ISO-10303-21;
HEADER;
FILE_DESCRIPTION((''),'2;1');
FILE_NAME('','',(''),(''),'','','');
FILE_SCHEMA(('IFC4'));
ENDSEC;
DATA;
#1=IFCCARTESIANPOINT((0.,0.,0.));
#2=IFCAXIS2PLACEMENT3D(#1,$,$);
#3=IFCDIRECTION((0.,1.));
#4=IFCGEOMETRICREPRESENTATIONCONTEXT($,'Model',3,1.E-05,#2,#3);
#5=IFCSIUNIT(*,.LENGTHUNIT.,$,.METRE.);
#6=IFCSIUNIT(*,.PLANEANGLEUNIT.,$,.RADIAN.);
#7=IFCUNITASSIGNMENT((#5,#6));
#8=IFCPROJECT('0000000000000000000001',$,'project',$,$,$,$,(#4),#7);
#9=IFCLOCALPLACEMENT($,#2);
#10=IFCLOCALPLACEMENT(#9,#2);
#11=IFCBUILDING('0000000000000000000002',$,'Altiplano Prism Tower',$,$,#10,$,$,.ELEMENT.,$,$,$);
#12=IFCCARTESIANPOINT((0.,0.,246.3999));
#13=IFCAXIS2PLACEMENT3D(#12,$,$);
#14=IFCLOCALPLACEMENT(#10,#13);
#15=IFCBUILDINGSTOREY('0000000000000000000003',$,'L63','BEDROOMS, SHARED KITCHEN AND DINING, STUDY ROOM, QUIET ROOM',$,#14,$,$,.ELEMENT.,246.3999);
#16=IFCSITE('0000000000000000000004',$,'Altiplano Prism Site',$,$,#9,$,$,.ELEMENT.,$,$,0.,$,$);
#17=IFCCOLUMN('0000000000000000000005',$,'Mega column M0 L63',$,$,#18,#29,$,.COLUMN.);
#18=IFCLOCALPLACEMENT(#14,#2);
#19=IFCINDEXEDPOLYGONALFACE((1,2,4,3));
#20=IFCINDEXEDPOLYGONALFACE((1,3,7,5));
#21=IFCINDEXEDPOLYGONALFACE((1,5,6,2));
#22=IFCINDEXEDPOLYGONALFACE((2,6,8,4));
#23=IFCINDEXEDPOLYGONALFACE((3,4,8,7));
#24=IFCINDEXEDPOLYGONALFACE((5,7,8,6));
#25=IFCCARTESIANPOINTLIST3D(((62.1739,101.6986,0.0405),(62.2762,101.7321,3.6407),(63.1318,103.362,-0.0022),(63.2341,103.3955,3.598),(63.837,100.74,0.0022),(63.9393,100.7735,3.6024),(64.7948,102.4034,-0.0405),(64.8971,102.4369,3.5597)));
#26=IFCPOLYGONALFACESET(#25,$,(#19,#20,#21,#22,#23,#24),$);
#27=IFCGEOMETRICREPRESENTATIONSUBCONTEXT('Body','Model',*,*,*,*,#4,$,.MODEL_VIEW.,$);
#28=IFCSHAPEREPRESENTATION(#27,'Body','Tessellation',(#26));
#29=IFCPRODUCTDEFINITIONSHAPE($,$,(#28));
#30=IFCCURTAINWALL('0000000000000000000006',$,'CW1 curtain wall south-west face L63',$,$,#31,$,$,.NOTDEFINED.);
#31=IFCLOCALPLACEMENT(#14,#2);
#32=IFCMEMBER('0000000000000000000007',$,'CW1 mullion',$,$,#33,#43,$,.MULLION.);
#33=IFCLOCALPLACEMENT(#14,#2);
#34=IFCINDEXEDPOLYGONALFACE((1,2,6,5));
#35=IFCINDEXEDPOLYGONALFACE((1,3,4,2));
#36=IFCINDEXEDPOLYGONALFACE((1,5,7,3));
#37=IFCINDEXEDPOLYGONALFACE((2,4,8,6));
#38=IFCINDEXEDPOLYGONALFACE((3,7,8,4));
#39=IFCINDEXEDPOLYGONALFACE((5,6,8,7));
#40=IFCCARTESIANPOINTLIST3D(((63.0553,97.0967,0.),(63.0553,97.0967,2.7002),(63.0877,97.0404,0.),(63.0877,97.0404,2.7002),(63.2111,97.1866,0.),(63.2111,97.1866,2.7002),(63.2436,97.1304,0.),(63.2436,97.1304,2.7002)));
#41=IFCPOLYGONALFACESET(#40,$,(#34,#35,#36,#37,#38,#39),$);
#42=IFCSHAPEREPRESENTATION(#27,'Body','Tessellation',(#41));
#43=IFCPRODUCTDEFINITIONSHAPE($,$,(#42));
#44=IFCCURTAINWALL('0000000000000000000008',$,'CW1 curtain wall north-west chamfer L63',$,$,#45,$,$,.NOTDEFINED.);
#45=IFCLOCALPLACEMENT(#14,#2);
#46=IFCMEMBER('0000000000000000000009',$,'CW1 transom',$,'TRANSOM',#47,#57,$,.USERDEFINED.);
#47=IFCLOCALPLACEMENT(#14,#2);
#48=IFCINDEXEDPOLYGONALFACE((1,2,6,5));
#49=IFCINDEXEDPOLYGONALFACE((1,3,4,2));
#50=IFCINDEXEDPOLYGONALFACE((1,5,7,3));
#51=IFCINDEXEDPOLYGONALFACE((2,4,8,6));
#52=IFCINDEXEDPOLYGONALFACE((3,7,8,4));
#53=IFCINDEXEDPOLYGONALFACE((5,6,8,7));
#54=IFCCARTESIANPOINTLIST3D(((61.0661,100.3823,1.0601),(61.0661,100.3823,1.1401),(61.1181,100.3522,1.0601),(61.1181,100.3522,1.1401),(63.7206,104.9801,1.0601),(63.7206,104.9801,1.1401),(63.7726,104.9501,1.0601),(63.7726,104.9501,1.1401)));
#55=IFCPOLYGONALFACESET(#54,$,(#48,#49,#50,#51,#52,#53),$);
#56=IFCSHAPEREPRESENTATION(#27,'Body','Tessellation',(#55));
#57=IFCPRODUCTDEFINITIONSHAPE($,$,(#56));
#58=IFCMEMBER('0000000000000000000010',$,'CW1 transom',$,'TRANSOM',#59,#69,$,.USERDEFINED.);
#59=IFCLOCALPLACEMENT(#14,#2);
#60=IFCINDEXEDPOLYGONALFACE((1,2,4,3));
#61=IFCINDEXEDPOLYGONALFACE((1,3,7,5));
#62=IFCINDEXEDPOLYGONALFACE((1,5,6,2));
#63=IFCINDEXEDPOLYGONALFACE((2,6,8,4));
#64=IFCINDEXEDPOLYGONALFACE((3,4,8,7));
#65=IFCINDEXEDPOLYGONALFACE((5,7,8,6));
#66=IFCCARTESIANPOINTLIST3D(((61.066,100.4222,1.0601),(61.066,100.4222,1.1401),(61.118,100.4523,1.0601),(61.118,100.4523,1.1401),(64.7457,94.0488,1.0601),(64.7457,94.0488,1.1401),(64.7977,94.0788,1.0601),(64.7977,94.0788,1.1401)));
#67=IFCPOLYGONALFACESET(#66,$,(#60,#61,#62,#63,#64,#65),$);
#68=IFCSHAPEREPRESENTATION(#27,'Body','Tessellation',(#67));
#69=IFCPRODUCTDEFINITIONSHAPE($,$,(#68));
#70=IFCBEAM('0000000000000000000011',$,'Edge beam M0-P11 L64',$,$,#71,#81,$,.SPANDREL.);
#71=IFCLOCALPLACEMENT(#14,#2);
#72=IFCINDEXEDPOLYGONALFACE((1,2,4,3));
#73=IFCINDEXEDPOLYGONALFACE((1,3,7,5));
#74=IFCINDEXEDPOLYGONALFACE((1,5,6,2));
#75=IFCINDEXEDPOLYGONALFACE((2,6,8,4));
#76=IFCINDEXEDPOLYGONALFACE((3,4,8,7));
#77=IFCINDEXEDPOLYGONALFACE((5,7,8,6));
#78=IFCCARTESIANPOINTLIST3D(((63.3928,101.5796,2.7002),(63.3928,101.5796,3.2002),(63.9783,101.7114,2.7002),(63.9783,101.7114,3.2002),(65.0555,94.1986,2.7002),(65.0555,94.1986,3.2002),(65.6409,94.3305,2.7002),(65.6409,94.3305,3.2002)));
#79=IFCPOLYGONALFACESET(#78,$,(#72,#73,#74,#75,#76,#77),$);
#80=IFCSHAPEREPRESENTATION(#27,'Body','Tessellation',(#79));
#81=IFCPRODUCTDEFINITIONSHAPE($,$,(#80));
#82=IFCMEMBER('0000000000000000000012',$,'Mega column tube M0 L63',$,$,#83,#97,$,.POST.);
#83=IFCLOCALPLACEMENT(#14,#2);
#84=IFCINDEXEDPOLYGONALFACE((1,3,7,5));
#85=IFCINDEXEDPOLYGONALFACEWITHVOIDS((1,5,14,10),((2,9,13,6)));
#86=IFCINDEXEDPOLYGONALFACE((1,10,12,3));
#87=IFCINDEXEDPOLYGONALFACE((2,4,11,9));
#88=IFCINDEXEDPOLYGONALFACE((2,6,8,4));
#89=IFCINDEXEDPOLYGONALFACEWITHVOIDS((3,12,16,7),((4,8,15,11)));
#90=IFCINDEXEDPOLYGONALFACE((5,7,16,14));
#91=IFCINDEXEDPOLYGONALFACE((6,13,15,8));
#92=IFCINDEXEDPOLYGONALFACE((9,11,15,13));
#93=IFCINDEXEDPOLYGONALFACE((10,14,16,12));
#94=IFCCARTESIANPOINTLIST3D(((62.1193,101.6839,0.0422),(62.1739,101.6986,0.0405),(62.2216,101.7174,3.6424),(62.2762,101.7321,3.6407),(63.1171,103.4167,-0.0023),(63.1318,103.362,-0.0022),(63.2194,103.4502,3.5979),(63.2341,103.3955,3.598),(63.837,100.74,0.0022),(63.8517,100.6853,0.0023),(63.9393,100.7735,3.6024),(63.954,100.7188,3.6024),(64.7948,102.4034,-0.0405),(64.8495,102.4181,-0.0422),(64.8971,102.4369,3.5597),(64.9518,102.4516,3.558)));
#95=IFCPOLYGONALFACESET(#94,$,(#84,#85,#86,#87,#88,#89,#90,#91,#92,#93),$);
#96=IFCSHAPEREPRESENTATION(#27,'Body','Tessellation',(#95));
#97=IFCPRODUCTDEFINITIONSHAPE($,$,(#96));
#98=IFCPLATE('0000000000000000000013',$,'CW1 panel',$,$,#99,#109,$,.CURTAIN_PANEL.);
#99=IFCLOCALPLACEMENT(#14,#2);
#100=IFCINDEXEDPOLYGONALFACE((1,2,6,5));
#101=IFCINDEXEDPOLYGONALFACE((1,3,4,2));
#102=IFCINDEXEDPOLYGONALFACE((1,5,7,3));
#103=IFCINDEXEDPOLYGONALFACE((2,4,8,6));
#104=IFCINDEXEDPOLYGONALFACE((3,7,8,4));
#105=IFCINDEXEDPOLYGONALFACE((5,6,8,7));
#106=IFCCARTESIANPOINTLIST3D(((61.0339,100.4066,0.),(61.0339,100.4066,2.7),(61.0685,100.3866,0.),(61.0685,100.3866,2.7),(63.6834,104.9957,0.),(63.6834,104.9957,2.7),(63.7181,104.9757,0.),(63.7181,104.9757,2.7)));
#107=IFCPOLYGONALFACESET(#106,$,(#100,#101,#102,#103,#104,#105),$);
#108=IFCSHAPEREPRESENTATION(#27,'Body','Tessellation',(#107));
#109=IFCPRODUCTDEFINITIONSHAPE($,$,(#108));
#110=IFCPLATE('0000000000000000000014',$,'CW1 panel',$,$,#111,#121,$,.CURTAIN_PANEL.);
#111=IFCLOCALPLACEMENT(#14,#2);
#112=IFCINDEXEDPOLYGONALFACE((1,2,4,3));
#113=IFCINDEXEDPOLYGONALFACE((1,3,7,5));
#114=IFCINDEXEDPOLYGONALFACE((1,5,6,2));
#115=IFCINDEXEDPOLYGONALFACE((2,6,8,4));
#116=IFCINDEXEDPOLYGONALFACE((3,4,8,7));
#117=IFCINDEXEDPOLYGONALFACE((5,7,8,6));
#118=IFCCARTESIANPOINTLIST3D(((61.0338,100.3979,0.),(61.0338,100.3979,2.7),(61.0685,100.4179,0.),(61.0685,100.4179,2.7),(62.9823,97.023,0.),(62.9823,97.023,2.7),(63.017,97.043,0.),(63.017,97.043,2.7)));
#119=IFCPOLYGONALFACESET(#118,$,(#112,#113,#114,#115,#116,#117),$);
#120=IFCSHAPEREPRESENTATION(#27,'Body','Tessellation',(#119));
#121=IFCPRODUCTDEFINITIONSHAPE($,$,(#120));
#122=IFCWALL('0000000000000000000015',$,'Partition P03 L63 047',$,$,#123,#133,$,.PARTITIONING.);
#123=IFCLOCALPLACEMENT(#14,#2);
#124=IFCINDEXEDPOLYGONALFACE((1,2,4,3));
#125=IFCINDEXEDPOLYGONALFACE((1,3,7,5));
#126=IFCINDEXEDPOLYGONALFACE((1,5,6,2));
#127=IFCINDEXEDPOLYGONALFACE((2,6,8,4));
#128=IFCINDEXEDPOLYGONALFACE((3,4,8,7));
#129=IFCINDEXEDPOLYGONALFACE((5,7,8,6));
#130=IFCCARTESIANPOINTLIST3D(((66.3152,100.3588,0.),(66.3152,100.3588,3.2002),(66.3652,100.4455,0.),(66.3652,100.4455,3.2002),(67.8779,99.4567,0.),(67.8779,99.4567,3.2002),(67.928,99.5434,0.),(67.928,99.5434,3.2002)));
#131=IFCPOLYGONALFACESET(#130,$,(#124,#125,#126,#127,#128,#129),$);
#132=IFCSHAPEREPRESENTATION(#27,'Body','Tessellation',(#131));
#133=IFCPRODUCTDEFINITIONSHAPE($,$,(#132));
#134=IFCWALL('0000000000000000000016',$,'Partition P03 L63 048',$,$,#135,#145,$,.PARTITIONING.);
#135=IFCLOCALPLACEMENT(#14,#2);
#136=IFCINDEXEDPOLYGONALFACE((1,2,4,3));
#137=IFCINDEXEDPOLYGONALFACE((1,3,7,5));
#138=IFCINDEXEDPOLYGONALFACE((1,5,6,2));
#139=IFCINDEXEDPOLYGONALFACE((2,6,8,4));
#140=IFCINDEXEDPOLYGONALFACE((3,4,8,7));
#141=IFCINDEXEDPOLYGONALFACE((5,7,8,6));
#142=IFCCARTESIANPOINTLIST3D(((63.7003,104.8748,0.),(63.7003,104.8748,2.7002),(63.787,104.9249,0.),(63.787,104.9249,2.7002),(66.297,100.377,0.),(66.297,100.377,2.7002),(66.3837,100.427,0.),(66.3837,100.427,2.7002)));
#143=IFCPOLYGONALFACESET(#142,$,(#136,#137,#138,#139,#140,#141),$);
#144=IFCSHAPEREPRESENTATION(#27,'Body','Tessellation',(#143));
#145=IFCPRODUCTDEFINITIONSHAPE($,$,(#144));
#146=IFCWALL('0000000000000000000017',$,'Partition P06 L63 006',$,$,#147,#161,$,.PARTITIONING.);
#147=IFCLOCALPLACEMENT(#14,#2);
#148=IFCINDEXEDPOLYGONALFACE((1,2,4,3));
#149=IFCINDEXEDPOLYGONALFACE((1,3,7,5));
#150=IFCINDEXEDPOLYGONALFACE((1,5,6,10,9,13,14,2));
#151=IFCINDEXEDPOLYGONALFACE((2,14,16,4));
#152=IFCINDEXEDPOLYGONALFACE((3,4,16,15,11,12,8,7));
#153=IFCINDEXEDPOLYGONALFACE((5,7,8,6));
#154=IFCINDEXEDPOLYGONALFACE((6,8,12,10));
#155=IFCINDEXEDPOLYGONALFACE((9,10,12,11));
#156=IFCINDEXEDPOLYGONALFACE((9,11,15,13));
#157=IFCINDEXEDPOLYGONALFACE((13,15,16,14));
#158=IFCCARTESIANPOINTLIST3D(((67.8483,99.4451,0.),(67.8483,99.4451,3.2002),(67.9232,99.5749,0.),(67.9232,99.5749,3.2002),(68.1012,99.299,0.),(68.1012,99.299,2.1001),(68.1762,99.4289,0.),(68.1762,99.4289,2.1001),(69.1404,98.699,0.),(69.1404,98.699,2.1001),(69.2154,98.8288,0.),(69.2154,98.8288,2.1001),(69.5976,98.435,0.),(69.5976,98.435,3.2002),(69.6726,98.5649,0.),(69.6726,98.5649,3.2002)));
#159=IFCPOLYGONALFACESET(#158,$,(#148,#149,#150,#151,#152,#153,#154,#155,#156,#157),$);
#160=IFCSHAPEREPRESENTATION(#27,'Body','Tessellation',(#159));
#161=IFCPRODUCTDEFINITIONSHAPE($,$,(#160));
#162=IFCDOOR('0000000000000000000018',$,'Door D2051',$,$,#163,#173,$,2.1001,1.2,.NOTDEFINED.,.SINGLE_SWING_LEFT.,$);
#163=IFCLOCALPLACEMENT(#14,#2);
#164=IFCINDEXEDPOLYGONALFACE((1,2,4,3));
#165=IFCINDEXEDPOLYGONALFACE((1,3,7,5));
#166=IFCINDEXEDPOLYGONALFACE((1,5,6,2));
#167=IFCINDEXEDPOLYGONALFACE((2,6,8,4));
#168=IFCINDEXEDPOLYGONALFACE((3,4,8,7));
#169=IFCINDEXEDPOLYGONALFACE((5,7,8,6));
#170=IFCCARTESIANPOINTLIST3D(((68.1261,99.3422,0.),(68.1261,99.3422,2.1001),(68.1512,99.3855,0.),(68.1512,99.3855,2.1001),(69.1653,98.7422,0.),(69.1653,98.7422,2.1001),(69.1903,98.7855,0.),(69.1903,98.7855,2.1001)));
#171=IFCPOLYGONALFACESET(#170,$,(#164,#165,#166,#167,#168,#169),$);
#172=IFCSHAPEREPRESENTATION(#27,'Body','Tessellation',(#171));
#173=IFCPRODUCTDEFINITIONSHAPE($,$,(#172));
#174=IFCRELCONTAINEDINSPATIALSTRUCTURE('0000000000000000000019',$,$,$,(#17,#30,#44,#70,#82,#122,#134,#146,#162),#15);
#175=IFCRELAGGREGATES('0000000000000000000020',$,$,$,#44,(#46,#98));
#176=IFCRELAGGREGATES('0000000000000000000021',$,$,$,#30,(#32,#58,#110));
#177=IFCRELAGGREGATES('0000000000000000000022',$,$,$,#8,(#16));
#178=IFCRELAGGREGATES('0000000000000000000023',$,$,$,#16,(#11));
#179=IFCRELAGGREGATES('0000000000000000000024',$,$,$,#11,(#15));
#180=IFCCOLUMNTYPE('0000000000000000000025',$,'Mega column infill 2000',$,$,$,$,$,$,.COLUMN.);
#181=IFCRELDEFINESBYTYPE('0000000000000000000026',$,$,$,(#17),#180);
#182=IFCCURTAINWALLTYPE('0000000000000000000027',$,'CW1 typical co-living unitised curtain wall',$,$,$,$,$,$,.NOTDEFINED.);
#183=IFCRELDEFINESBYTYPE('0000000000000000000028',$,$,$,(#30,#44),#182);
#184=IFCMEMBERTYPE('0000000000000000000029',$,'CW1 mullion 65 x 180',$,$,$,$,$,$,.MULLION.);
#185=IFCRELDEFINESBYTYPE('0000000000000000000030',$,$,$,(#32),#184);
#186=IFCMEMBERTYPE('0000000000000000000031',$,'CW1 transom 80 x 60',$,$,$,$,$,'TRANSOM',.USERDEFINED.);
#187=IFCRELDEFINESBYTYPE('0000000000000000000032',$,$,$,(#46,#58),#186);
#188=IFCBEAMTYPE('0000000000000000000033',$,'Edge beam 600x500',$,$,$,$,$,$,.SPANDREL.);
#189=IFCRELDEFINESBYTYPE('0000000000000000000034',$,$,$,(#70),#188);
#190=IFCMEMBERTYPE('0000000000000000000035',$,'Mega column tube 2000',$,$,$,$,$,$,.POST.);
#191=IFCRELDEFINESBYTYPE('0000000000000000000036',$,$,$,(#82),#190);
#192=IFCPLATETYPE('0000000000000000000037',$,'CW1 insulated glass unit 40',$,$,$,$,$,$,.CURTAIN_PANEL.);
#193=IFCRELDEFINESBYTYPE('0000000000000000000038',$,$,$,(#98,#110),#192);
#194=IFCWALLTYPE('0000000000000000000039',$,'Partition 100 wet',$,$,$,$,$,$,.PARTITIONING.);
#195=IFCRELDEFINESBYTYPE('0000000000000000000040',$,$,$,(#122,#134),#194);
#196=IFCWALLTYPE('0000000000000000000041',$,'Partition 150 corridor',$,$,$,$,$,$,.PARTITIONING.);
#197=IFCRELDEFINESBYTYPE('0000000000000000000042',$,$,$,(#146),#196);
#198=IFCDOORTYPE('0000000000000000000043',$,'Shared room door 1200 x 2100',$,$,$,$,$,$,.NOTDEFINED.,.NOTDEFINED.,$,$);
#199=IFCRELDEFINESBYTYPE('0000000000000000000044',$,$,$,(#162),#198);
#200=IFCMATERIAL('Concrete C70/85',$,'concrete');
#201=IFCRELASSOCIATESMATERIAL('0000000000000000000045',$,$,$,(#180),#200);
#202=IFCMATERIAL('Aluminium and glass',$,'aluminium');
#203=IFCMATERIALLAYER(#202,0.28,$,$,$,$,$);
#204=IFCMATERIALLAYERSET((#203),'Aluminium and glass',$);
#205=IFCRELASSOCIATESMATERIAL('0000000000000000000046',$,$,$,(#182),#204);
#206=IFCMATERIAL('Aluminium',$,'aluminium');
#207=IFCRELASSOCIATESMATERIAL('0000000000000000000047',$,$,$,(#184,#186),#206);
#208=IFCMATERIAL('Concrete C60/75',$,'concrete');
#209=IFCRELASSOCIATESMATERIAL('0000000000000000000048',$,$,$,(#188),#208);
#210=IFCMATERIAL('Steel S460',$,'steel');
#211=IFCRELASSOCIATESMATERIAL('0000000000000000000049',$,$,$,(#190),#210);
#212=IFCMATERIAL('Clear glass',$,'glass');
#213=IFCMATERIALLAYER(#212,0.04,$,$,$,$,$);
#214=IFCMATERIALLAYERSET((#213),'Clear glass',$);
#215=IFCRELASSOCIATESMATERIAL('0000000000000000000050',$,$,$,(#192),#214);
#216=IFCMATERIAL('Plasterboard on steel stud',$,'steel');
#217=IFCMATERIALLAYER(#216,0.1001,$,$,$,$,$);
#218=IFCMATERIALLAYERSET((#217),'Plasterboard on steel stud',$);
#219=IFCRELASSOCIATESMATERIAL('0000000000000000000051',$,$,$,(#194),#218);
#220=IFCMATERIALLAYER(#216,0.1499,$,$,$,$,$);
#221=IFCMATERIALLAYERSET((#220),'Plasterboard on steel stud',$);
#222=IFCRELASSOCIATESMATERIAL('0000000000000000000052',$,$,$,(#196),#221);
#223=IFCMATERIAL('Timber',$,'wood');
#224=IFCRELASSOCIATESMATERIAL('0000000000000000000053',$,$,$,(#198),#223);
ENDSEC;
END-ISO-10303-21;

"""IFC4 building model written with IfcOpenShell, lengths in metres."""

from ifc_helpers import new_model, si_unit, direction, frame, frame_2d, origin, origin_2d, place, context, subcontext, project, spatial, rectangle, hollow_rectangle, extrude, material, layer, layer_set, material_profile, profile_set, type_object, element, fill, aggregate, save


model = new_model("IFC4")

# Units and contexts
model_context = context("Model", 3, precision=1e-05, world=origin(), true_north=direction((0.0, 1.0)))
body_context = subcontext(model_context, "Body", "Model", "MODEL_VIEW")
ifc_project = project(units=[si_unit("LENGTHUNIT", "METRE"), si_unit("PLANEANGLEUNIT", "RADIAN")], contexts=[model_context])

# Site, building, storey
site_placement = place(None, origin())
site = spatial("IfcSite", under=ifc_project, at=site_placement, Name="Altiplano Prism Site", CompositionType="ELEMENT", RefElevation=0.0)
building_placement = place(site_placement, origin())
building = spatial("IfcBuilding", under=site, at=building_placement, Name="Altiplano Prism Tower", CompositionType="ELEMENT")
storey_placement = place(building_placement, frame((0.0, 0.0, 246.3999)))
storey = spatial("IfcBuildingStorey", under=building, at=storey_placement, Name="L63", Description="BEDROOMS, SHARED KITCHEN AND DINING, STUDY ROOM, QUIET ROOM", CompositionType="ELEMENT", Elevation=246.3999)

# Column
ifc_material_1 = material(Name="Concrete C70/85", Category="concrete")
ifc_material_profile_1 = material_profile(ifc_material_1, rectangle(XDim=1.9199, YDim=1.9199, at=origin_2d()), Name="Mega column infill 2000")
ifc_profile_set_1 = profile_set([ifc_material_profile_1], Name="Concrete C70/85")
column_type = type_object("IfcColumnType", Name="Mega column infill 2000", PredefinedType="COLUMN", material=ifc_profile_set_1)
column_placement = place(storey_placement, frame((63.4844, 102.051, 0.0), z_axis=(0.028402, 0.009287, 0.999553), x_axis=(-0.866202, 0.499295, 0.019974)))
element("IfcColumn", 1, at=column_placement, inside=storey, type_object=column_type, Name="Mega column M0 L63", PredefinedType="COLUMN", context=body_context, shape_type="SweptSolid", body=[
    extrude(rectangle(XDim=1.9199, YDim=1.9199, at=origin_2d()), origin(), (0.0, 0.0, 1.0), 3.6018),
])

# Curtain walls, members
ifc_material_2 = material(Name="Aluminium and glass", Category="aluminium")
ifc_layer_1 = layer(ifc_material_2, 0.28)
ifc_layer_set_1 = layer_set([ifc_layer_1], Name="Aluminium and glass")
curtain_wall_type = type_object("IfcCurtainWallType", Name="CW1 typical co-living unitised curtain wall", PredefinedType="NOTDEFINED", material=ifc_layer_set_1)
curtain_wall_1_placement = place(storey_placement, origin())
curtain_wall_1 = element("IfcCurtainWall", 2, at=curtain_wall_1_placement, inside=storey, type_object=curtain_wall_type, Name="CW1 curtain wall south-west face L63", PredefinedType="NOTDEFINED")
ifc_material_3 = material(Name="Aluminium", Category="aluminium")
ifc_material_profile_2 = material_profile(ifc_material_3, rectangle(XDim=0.1799, YDim=0.0649, at=origin_2d()), Name="CW1 mullion 65 x 180")
ifc_profile_set_2 = profile_set([ifc_material_profile_2], Name="Aluminium")
member_type_1 = type_object("IfcMemberType", Name="CW1 mullion 65 x 180", PredefinedType="MULLION", material=ifc_profile_set_2)
member_1_placement = place(storey_placement, frame((63.1494, 97.1135, 0.0), z_axis=(0.0, 0.0, 1.0), x_axis=(0.866025, 0.5, 0.0)))
member_1 = element("IfcMember", 3, at=member_1_placement, type_object=member_type_1, Name="CW1 mullion", PredefinedType="MULLION", context=body_context, shape_type="SweptSolid", body=[
    extrude(rectangle(XDim=0.1799, YDim=0.0649, at=origin_2d()), origin(), (0.0, 0.0, 1.0), 2.7002),
])
curtain_wall_2_placement = place(storey_placement, origin())
curtain_wall_2 = element("IfcCurtainWall", 4, at=curtain_wall_2_placement, inside=storey, type_object=curtain_wall_type, Name="CW1 curtain wall north-west chamfer L63", PredefinedType="NOTDEFINED")
ifc_material_profile_3 = material_profile(ifc_material_3, rectangle(XDim=0.0601, YDim=0.0801, at=origin_2d()), Name="CW1 transom 80 x 60")
ifc_profile_set_3 = profile_set([ifc_material_profile_3], Name="Aluminium")
member_type_2 = type_object("IfcMemberType", Name="CW1 transom 80 x 60", ElementType="TRANSOM", PredefinedType="USERDEFINED", material=ifc_profile_set_3)
member_2_placement = place(storey_placement, frame((63.7466, 104.9651, 1.1001), z_axis=(-0.499992, -0.86603, 0.0), x_axis=(0.86603, -0.499992, 0.0)))
member_2 = element("IfcMember", 5, at=member_2_placement, type_object=member_type_2, Name="CW1 transom", ObjectType="TRANSOM", PredefinedType="USERDEFINED", context=body_context, shape_type="SweptSolid", body=[
    extrude(rectangle(XDim=0.0601, YDim=0.0801, at=origin_2d()), origin(), (0.0, 0.0, 1.0), 5.3091),
])

# Member
member_3_placement = place(storey_placement, frame((61.092, 100.4373, 1.1001), z_axis=(0.499992, -0.86603, 0.0), x_axis=(0.86603, 0.499992, 0.0)))
member_3 = element("IfcMember", 6, at=member_3_placement, type_object=member_type_2, Name="CW1 transom", ObjectType="TRANSOM", PredefinedType="USERDEFINED", context=body_context, shape_type="SweptSolid", body=[
    extrude(rectangle(XDim=0.0601, YDim=0.0801, at=origin_2d()), origin(), (0.0, 0.0, 1.0), 7.3594),
])

# Beam
ifc_material_4 = material(Name="Concrete C60/75", Category="concrete")
ifc_material_profile_4 = material_profile(ifc_material_4, rectangle(XDim=0.6001, YDim=0.5, at=origin_2d()), Name="Edge beam 600x500")
ifc_profile_set_4 = profile_set([ifc_material_profile_4], Name="Concrete C60/75")
beam_type = type_object("IfcBeamType", Name="Edge beam 600x500", PredefinedType="SPANDREL", material=ifc_profile_set_4)
beam_placement = place(storey_placement, frame((63.6855, 101.6455, 2.9502), z_axis=(0.219752, -0.975556, 0.0), x_axis=(0.975556, 0.219752, 0.0)))
element("IfcBeam", 7, at=beam_placement, inside=storey, type_object=beam_type, Name="Edge beam M0-P11 L64", PredefinedType="SPANDREL", context=body_context, shape_type="SweptSolid", body=[
    extrude(rectangle(XDim=0.6001, YDim=0.5, at=origin_2d()), origin(), (0.0, 0.0, 1.0), 7.5659),
])

# Member
ifc_material_5 = material(Name="Steel S460", Category="steel")
ifc_material_profile_5 = material_profile(ifc_material_5, hollow_rectangle(XDim=2.0, YDim=2.0, WallThickness=0.04, at=origin_2d()), Name="Mega column tube 2000")
ifc_profile_set_5 = profile_set([ifc_material_profile_5], Name="Steel S460")
member_type_3 = type_object("IfcMemberType", Name="Mega column tube 2000", PredefinedType="POST", material=ifc_profile_set_5)
member_4_placement = place(storey_placement, frame((63.4844, 102.051, 0.0), z_axis=(0.028402, 0.009287, 0.999553), x_axis=(-0.866202, 0.499295, 0.019974)))
element("IfcMember", 8, at=member_4_placement, inside=storey, type_object=member_type_3, Name="Mega column tube M0 L63", PredefinedType="POST", context=body_context, shape_type="SweptSolid", body=[
    extrude(hollow_rectangle(XDim=2.0, YDim=2.0, WallThickness=0.04, at=origin_2d()), origin(), (0.0, 0.0, 1.0), 3.6018),
])

# Plates
ifc_material_6 = material(Name="Clear glass", Category="glass")
ifc_layer_2 = layer(ifc_material_6, 0.04)
ifc_layer_set_2 = layer_set([ifc_layer_2], Name="Clear glass")
plate_type = type_object("IfcPlateType", Name="CW1 insulated glass unit 40", PredefinedType="CURTAIN_PANEL", material=ifc_layer_set_2)
plate_1_placement = place(storey_placement, frame((62.376, 102.6912, 0.0), z_axis=(0.0, 0.0, 1.0), x_axis=(-0.5, -0.866025, 0.0)))
plate_1 = element("IfcPlate", 9, at=plate_1_placement, type_object=plate_type, Name="CW1 panel", PredefinedType="CURTAIN_PANEL", context=body_context, shape_type="SweptSolid", body=[
    extrude(rectangle(XDim=5.2991, YDim=0.04, at=origin_2d()), origin(), (0.0, 0.0, 1.0), 2.7),
])
aggregate(curtain_wall_2, [member_2, plate_1])
plate_2_placement = place(storey_placement, frame((62.0254, 98.7205, 0.0), z_axis=(0.0, 0.0, 1.0), x_axis=(0.5, -0.866025, 0.0)))
plate_2 = element("IfcPlate", 10, at=plate_2_placement, type_object=plate_type, Name="CW1 panel", PredefinedType="CURTAIN_PANEL", context=body_context, shape_type="SweptSolid", body=[
    extrude(rectangle(XDim=3.897, YDim=0.04, at=origin_2d()), origin(), (0.0, 0.0, 1.0), 2.7),
])
aggregate(curtain_wall_1, [member_1, member_3, plate_2])

# Walls
ifc_material_7 = material(Name="Plasterboard on steel stud", Category="steel")
ifc_layer_3 = layer(ifc_material_7, 0.1001)
ifc_layer_set_3 = layer_set([ifc_layer_3], Name="Plasterboard on steel stud")
wall_type_1 = type_object("IfcWallType", Name="Partition 100 wet", PredefinedType="PARTITIONING", material=ifc_layer_set_3)
wall_1_placement = place(storey_placement, frame((67.9031, 99.5, 0.0), z_axis=(0.0, 0.0, 1.0), x_axis=(-0.866062, 0.499937, 0.0)))
element("IfcWall", 11, at=wall_1_placement, inside=storey, type_object=wall_type_1, Name="Partition P03 L63 047", PredefinedType="PARTITIONING", context=body_context, shape_type="SweptSolid", body=[
    extrude(rectangle(XDim=1.8044, YDim=0.1001, at=frame_2d((0.9023, 0.0))), origin(), (0.0, 0.0, 1.0), 3.2002),
])
wall_2_placement = place(storey_placement, frame((66.3403, 100.4021, 0.0), z_axis=(0.0, 0.0, 1.0), x_axis=(-0.499982, 0.866036, 0.0)))
element("IfcWall", 12, at=wall_2_placement, inside=storey, type_object=wall_type_1, Name="Partition P03 L63 048", PredefinedType="PARTITIONING", context=body_context, shape_type="SweptSolid", body=[
    extrude(rectangle(XDim=5.1936, YDim=0.1001, at=frame_2d((2.5967, 0.0))), origin(), (0.0, 0.0, 1.0), 2.7002),
])

# Wall, opening, door
ifc_layer_4 = layer(ifc_material_7, 0.1499)
ifc_layer_set_4 = layer_set([ifc_layer_4], Name="Plasterboard on steel stud")
wall_type_2 = type_object("IfcWallType", Name="Partition 150 corridor", PredefinedType="PARTITIONING", material=ifc_layer_set_4)
wall_3_placement = place(storey_placement, frame((67.8857, 99.51, 0.0), z_axis=(0.0, 0.0, 1.0), x_axis=(0.86601, -0.500026, 0.0)))
wall_3 = element("IfcWall", 13, at=wall_3_placement, inside=storey, type_object=wall_type_2, Name="Partition P06 L63 006", PredefinedType="PARTITIONING", context=body_context, shape_type="SweptSolid", body=[
    extrude(rectangle(XDim=2.02, YDim=0.1499, at=frame_2d((1.01, 0.0))), origin(), (0.0, 0.0, 1.0), 3.2002),
])
opening_1_placement = place(wall_3_placement, frame((0.292, 0.0, 0.0)))
opening_1 = element("IfcOpeningElement", 14, at=opening_1_placement, cuts=wall_3, PredefinedType="OPENING", context=body_context, shape_type="SweptSolid", body=[
    extrude(rectangle(XDim=1.2, YDim=2.1001, at=frame_2d((0.6001, 1.05))), frame((0.0, 0.0854, 0.0), z_axis=(0.0, -1.0, 0.0), x_axis=(1.0, 0.0, 0.0)), (0.0, 0.0, 1.0), 0.1709),
])
ifc_material_8 = material(Name="Timber", Category="wood")
door_type_1 = type_object("IfcDoorType", Name="Shared room door 1200 x 2100", OperationType="NOTDEFINED", PredefinedType="NOTDEFINED", material=ifc_material_8)
door_1_placement = place(opening_1_placement, origin())
door_1 = element("IfcDoor", 15, at=door_1_placement, inside=storey, type_object=door_type_1, Name="Door D2051", OperationType="SINGLE_SWING_LEFT", OverallHeight=2.1001, OverallWidth=1.2, PredefinedType="NOTDEFINED", context=body_context, shape_type="SweptSolid", body=[
    extrude(rectangle(XDim=1.2, YDim=2.1001, at=frame_2d((0.6001, 1.05))), frame((0.0, 0.0249, 0.0), z_axis=(0.0, -1.0, 0.0), x_axis=(1.0, 0.0, 0.0)), (0.0, 0.0, 1.0), 0.05),
])
fill(opening_1, door_1)

save(model, "model.ifc")
